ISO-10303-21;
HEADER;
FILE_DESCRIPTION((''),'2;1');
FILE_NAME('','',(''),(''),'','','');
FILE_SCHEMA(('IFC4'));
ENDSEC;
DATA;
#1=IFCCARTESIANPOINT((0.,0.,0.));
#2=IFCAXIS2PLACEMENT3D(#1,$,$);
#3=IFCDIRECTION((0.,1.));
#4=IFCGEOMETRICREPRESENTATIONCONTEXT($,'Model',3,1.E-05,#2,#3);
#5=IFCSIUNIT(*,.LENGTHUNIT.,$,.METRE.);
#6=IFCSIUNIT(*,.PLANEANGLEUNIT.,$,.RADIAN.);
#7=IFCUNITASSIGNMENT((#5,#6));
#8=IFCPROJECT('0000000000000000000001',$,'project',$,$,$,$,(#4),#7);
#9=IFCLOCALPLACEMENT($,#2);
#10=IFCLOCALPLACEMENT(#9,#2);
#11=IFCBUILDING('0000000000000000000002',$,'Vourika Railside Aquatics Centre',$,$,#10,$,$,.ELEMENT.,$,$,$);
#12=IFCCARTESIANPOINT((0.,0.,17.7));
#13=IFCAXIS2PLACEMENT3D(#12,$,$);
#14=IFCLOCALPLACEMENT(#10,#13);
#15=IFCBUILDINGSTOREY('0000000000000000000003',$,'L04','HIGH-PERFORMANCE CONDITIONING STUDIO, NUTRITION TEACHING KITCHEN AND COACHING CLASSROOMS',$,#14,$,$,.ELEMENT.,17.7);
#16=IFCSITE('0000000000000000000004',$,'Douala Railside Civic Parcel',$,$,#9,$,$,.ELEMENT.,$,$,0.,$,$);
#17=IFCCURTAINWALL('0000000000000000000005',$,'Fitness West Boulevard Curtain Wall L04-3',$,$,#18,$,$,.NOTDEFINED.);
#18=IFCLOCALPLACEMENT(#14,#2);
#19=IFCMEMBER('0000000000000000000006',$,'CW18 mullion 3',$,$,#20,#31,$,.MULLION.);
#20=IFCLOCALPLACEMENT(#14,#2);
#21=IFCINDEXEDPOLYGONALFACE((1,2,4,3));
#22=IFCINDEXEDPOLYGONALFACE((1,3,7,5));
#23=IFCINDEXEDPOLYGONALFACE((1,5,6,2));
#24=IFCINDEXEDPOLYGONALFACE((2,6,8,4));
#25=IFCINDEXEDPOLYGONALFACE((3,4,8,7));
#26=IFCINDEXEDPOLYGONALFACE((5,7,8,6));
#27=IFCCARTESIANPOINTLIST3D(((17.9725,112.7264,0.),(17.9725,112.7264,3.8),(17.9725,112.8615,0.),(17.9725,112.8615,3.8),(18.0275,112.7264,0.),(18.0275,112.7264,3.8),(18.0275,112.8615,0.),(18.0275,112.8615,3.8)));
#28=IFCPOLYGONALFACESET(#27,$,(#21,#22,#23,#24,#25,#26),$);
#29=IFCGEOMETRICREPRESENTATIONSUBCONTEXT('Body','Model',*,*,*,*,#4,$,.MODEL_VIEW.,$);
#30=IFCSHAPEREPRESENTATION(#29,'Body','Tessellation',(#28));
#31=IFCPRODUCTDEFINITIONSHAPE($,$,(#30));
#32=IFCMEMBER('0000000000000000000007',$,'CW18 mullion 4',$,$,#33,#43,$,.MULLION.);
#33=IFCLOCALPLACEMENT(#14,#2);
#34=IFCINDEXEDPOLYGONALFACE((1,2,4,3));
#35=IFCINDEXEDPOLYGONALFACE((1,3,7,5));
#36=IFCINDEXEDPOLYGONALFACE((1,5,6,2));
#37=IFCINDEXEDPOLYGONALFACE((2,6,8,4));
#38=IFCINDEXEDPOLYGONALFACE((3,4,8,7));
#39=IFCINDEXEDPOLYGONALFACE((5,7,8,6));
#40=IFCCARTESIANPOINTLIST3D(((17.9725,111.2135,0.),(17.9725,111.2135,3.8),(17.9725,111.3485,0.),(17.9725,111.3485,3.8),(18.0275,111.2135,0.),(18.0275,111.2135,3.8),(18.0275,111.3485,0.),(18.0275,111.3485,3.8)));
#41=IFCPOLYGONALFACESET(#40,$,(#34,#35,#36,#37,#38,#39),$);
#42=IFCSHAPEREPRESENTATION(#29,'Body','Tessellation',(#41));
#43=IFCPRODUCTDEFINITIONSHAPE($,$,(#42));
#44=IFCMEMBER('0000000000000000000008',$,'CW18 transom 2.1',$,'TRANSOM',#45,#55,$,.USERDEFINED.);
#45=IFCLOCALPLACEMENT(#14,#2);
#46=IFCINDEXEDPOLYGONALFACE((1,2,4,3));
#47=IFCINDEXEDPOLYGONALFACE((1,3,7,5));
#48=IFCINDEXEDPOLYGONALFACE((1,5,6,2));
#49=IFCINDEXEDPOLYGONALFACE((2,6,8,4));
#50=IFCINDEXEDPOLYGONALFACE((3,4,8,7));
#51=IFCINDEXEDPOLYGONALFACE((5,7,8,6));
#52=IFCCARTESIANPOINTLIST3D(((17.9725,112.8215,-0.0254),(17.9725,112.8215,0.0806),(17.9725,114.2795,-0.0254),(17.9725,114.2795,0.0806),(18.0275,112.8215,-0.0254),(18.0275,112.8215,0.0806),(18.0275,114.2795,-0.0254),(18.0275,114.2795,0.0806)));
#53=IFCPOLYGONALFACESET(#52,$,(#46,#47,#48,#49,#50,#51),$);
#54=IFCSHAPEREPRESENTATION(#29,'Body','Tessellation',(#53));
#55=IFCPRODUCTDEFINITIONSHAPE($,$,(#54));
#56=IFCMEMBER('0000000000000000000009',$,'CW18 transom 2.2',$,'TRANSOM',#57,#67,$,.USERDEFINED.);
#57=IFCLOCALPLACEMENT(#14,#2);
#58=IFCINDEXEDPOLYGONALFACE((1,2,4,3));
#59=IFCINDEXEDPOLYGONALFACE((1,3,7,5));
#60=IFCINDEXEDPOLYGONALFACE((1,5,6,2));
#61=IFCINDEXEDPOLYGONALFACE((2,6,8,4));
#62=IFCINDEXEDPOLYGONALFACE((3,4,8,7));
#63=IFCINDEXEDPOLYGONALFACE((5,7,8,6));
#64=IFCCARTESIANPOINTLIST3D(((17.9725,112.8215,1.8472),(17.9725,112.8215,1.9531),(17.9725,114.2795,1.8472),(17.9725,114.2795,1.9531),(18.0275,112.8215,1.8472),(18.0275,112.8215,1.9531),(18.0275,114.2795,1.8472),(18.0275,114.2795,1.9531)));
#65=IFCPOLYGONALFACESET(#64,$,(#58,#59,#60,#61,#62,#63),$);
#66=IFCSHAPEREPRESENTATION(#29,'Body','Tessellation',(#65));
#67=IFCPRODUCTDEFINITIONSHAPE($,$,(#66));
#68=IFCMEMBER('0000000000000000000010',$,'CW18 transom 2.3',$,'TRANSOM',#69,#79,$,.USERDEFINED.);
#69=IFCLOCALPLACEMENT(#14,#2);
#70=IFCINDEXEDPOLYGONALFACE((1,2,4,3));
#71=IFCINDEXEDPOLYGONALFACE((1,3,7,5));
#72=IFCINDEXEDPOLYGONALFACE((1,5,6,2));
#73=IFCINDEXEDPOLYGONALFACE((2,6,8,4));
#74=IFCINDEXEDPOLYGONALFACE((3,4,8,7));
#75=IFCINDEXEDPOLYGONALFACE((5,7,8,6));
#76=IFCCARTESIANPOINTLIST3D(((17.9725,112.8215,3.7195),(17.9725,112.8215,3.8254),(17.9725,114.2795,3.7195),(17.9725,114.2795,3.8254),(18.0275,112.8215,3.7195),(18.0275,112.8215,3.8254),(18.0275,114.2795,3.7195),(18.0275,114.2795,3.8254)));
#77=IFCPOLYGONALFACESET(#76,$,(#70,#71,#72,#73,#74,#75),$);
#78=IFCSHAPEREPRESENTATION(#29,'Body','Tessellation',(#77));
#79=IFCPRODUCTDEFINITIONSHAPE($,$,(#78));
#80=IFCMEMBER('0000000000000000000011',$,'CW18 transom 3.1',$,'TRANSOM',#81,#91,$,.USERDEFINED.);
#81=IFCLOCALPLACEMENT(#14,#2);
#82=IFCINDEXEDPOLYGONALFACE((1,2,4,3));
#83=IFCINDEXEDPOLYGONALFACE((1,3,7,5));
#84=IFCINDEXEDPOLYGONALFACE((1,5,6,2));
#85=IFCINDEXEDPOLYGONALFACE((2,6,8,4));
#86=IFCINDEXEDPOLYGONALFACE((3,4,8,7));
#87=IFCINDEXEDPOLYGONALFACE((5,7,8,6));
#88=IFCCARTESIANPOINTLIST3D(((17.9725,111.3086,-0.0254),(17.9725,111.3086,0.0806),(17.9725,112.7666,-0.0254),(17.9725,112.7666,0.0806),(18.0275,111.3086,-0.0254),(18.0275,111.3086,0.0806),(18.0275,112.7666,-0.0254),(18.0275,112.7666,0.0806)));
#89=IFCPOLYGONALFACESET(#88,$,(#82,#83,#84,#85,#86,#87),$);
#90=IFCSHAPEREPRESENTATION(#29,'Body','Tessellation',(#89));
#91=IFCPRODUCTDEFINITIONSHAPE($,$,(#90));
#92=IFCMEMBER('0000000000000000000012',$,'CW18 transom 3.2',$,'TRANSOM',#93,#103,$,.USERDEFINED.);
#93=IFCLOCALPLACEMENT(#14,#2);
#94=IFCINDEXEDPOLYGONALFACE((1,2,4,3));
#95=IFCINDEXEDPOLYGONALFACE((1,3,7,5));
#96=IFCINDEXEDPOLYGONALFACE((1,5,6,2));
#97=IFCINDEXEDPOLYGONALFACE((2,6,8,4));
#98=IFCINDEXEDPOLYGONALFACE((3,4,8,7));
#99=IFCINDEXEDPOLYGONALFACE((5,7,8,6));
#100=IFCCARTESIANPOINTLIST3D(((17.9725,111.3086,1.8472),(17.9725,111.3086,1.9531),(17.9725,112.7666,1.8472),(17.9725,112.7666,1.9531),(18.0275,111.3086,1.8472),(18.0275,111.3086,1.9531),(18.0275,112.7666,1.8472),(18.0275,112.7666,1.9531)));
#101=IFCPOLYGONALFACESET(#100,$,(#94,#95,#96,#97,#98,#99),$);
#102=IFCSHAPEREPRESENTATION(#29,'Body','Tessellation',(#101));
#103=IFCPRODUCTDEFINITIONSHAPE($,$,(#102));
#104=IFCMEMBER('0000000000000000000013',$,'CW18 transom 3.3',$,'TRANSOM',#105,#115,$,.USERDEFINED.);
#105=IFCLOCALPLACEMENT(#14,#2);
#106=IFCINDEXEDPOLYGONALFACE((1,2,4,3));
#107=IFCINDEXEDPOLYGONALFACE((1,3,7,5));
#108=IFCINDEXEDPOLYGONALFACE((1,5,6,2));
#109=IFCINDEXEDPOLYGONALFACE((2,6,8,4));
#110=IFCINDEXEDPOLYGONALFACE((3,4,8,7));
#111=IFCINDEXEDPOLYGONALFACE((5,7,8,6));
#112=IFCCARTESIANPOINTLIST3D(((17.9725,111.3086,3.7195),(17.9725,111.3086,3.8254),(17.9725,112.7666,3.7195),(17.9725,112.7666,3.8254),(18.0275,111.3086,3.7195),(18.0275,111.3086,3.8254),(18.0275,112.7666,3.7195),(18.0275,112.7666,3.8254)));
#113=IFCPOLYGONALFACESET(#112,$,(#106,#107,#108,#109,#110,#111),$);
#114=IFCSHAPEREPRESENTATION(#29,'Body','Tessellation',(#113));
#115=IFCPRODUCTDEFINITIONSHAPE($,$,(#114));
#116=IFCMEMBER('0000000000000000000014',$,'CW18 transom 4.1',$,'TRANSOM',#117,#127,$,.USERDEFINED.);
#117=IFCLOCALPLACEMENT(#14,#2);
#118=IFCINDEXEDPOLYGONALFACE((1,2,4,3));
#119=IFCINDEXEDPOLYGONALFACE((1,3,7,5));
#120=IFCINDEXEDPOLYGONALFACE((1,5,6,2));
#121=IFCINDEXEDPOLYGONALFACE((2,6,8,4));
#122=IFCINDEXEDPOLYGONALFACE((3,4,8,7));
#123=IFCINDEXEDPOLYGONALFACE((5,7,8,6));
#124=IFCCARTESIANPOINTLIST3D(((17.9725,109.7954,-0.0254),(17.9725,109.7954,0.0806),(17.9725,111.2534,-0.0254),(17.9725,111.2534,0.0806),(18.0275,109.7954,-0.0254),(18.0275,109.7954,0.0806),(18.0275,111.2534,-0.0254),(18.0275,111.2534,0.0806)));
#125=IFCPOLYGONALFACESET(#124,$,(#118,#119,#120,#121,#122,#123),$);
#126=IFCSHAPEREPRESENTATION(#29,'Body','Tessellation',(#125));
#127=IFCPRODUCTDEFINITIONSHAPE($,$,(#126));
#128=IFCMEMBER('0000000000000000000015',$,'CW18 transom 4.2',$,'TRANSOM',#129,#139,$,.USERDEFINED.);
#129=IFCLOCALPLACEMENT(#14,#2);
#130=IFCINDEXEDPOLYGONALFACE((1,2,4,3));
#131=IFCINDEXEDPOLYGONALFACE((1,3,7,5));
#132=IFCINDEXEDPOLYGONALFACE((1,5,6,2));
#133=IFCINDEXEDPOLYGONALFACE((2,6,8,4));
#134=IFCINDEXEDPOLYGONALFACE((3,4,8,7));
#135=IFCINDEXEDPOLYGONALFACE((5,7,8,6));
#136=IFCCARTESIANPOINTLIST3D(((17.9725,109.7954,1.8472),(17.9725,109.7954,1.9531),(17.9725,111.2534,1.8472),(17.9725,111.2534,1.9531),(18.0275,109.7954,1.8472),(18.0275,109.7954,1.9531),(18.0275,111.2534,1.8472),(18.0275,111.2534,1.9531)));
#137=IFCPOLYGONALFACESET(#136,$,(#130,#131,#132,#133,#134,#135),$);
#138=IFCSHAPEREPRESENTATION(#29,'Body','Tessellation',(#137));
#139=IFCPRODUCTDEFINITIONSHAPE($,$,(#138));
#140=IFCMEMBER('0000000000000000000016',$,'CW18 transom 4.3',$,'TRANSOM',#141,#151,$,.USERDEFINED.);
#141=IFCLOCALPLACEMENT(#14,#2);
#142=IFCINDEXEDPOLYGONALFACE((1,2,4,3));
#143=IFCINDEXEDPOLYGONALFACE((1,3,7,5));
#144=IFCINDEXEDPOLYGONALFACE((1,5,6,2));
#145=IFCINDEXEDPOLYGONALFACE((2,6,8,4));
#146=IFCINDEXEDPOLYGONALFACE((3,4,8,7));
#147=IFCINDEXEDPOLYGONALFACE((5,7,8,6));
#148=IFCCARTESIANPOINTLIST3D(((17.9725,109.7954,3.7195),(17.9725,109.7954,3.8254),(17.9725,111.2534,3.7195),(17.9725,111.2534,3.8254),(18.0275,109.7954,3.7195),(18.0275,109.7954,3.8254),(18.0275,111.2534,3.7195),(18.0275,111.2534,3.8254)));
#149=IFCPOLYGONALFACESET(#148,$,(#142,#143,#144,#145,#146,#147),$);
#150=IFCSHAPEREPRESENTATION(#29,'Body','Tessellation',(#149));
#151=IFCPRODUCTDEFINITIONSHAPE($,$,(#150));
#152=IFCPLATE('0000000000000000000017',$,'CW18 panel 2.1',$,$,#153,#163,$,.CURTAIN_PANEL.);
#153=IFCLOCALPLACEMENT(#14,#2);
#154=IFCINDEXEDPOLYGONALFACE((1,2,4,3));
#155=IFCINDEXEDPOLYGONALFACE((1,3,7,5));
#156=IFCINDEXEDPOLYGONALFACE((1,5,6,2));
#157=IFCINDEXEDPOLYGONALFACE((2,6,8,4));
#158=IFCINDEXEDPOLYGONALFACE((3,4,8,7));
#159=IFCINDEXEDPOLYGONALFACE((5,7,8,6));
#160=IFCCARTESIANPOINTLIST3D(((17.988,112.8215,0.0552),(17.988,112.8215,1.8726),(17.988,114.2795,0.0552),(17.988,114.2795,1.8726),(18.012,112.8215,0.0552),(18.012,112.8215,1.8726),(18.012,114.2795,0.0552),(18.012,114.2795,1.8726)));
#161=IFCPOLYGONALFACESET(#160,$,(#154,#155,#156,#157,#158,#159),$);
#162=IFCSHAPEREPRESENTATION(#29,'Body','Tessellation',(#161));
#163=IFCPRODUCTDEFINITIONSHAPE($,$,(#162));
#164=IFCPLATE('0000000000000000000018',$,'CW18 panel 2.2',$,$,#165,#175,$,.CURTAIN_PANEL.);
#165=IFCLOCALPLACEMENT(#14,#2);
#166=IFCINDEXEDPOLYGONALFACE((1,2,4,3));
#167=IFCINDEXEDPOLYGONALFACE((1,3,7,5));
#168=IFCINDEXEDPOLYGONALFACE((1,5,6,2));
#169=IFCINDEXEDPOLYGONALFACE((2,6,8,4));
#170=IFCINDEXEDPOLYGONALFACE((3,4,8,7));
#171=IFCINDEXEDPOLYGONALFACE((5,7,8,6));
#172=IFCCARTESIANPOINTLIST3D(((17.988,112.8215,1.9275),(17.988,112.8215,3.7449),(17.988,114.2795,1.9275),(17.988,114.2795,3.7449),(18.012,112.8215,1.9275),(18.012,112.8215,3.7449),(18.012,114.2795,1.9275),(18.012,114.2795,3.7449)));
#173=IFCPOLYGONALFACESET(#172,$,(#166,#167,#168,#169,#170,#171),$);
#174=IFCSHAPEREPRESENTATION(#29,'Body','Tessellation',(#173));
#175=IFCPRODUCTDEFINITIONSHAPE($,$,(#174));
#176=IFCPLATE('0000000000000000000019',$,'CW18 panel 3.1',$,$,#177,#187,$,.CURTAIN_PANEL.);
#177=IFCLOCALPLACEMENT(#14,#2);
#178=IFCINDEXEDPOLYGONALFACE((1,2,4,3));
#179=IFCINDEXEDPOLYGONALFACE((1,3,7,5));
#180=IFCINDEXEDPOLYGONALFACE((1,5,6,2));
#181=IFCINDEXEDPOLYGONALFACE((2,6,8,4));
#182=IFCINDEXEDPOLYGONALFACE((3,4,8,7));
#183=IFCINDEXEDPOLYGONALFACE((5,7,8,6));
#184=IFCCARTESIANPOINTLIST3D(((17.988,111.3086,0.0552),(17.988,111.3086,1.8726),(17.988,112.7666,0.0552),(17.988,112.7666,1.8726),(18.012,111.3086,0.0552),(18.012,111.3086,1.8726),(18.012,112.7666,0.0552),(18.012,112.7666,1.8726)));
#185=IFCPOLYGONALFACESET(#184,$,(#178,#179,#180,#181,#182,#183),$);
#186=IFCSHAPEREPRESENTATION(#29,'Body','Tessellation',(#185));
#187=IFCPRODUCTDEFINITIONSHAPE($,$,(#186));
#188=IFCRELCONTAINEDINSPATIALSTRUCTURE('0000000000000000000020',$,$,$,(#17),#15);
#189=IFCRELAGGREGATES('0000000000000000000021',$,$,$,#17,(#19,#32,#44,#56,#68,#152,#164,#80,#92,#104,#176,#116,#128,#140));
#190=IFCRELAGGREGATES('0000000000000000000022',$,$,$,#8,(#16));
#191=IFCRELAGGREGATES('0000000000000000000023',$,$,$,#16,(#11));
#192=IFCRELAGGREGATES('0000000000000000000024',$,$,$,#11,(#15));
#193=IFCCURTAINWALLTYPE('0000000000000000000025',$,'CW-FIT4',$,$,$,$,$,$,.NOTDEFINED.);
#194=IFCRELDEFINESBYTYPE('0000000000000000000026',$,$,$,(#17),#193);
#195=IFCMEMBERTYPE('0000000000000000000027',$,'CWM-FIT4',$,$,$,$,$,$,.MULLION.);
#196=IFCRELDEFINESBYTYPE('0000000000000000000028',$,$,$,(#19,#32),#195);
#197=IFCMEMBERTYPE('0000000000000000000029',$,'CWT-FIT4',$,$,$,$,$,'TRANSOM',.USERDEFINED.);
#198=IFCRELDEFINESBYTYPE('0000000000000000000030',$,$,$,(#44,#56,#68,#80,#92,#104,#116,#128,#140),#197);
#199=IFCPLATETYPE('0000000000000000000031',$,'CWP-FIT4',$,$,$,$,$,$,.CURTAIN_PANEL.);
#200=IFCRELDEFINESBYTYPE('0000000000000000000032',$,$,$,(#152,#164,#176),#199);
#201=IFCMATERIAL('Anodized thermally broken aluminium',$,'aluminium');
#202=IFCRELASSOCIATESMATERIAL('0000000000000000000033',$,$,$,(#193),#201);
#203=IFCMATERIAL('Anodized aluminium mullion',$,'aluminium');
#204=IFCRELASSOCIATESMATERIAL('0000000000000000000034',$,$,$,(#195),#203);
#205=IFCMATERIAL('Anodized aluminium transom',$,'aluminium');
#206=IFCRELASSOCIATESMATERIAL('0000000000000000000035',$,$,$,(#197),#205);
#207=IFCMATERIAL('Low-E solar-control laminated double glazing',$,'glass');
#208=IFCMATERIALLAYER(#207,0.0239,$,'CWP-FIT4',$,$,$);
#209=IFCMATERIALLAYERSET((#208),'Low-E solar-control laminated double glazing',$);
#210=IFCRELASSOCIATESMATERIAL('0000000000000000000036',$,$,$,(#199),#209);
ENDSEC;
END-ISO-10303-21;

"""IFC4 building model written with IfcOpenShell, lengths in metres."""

from ifc_helpers import new_model, si_unit, direction, frame, origin, origin_2d, place, context, subcontext, project, spatial, rectangle, extrude, material, layer, layer_set, material_profile, profile_set, type_object, element, aggregate, save


model = new_model("IFC4")

# Units and contexts
model_context = context("Model", 3, precision=1e-05, world=origin(), true_north=direction((0.0, 1.0)))
body_context = subcontext(model_context, "Body", "Model", "MODEL_VIEW")
ifc_project = project(units=[si_unit("LENGTHUNIT", "METRE"), si_unit("PLANEANGLEUNIT", "RADIAN")], contexts=[model_context])

# Site, building, storey
site_placement = place(None, origin())
site = spatial("IfcSite", under=ifc_project, at=site_placement, Name="Douala Railside Civic Parcel", CompositionType="ELEMENT", RefElevation=0.0)
building_placement = place(site_placement, origin())
building = spatial("IfcBuilding", under=site, at=building_placement, Name="Vourika Railside Aquatics Centre", CompositionType="ELEMENT")
storey_placement = place(building_placement, frame((0.0, 0.0, 17.7)))
storey = spatial("IfcBuildingStorey", under=building, at=storey_placement, Name="L04", Description="HIGH-PERFORMANCE CONDITIONING STUDIO, NUTRITION TEACHING KITCHEN AND COACHING CLASSROOMS", CompositionType="ELEMENT", Elevation=17.7)

# Curtain wall, members, plates
ifc_material_1 = material(Name="Anodized thermally broken aluminium", Category="aluminium")
curtain_wall_type = type_object("IfcCurtainWallType", Name="CW-FIT4", PredefinedType="NOTDEFINED", material=ifc_material_1)
curtain_wall_placement = place(storey_placement, origin())
curtain_wall = element("IfcCurtainWall", 1, at=curtain_wall_placement, inside=storey, type_object=curtain_wall_type, Name="Fitness West Boulevard Curtain Wall L04-3", PredefinedType="NOTDEFINED")
ifc_material_2 = material(Name="Anodized aluminium mullion", Category="aluminium")
ifc_material_profile_1 = material_profile(ifc_material_2, rectangle(XDim=0.0549, YDim=0.135, at=origin_2d()), Name="ALU-M 55x135")
ifc_profile_set_1 = profile_set([ifc_material_profile_1], Name="Anodized aluminium mullion")
member_type_1 = type_object("IfcMemberType", Name="CWM-FIT4", PredefinedType="MULLION", material=ifc_profile_set_1)
member_1_placement = place(storey_placement, frame((18.0, 112.7939, 0.0), z_axis=(0.0, 0.0, 1.0), x_axis=(1.0, 0.0, 0.0)))
member_1 = element("IfcMember", 2, at=member_1_placement, type_object=member_type_1, Name="CW18 mullion 3", PredefinedType="MULLION", context=body_context, shape_type="SweptSolid", body=[
    extrude(rectangle(XDim=0.0549, YDim=0.135, at=origin_2d()), origin(), (0.0, 0.0, 1.0), 3.8),
])
member_2_placement = place(storey_placement, frame((18.0, 111.281, 0.0), z_axis=(0.0, 0.0, 1.0), x_axis=(1.0, 0.0, 0.0)))
member_2 = element("IfcMember", 3, at=member_2_placement, type_object=member_type_1, Name="CW18 mullion 4", PredefinedType="MULLION", context=body_context, shape_type="SweptSolid", body=[
    extrude(rectangle(XDim=0.0549, YDim=0.135, at=origin_2d()), origin(), (0.0, 0.0, 1.0), 3.8),
])
ifc_material_3 = material(Name="Anodized aluminium transom", Category="aluminium")
ifc_material_profile_2 = material_profile(ifc_material_3, rectangle(XDim=0.0549, YDim=0.106, at=origin_2d()), Name="ALU-T 55x106")
ifc_profile_set_2 = profile_set([ifc_material_profile_2], Name="Anodized aluminium transom")
member_type_2 = type_object("IfcMemberType", Name="CWT-FIT4", ElementType="TRANSOM", PredefinedType="USERDEFINED", material=ifc_profile_set_2)
member_3_placement = place(storey_placement, frame((18.0, 114.2795, 0.0276), z_axis=(0.0, -1.0, 0.0), x_axis=(1.0, 0.0, 0.0)))
member_3 = element("IfcMember", 4, at=member_3_placement, type_object=member_type_2, Name="CW18 transom 2.1", ObjectType="TRANSOM", PredefinedType="USERDEFINED", context=body_context, shape_type="SweptSolid", body=[
    extrude(rectangle(XDim=0.0549, YDim=0.106, at=origin_2d()), origin(), (0.0, 0.0, 1.0), 1.458),
])
member_4_placement = place(storey_placement, frame((18.0, 114.2795, 1.9001), z_axis=(0.0, -1.0, 0.0), x_axis=(1.0, 0.0, 0.0)))
member_4 = element("IfcMember", 5, at=member_4_placement, type_object=member_type_2, Name="CW18 transom 2.2", ObjectType="TRANSOM", PredefinedType="USERDEFINED", context=body_context, shape_type="SweptSolid", body=[
    extrude(rectangle(XDim=0.0549, YDim=0.106, at=origin_2d()), origin(), (0.0, 0.0, 1.0), 1.458),
])
member_5_placement = place(storey_placement, frame((18.0, 114.2795, 3.7725), z_axis=(0.0, -1.0, 0.0), x_axis=(1.0, 0.0, 0.0)))
member_5 = element("IfcMember", 6, at=member_5_placement, type_object=member_type_2, Name="CW18 transom 2.3", ObjectType="TRANSOM", PredefinedType="USERDEFINED", context=body_context, shape_type="SweptSolid", body=[
    extrude(rectangle(XDim=0.0549, YDim=0.106, at=origin_2d()), origin(), (0.0, 0.0, 1.0), 1.458),
])
member_6_placement = place(storey_placement, frame((18.0, 112.7666, 0.0276), z_axis=(0.0, -1.0, 0.0), x_axis=(1.0, 0.0, 0.0)))
member_6 = element("IfcMember", 7, at=member_6_placement, type_object=member_type_2, Name="CW18 transom 3.1", ObjectType="TRANSOM", PredefinedType="USERDEFINED", context=body_context, shape_type="SweptSolid", body=[
    extrude(rectangle(XDim=0.0549, YDim=0.106, at=origin_2d()), origin(), (0.0, 0.0, 1.0), 1.458),
])
member_7_placement = place(storey_placement, frame((18.0, 112.7666, 1.9001), z_axis=(0.0, -1.0, 0.0), x_axis=(1.0, 0.0, 0.0)))
member_7 = element("IfcMember", 8, at=member_7_placement, type_object=member_type_2, Name="CW18 transom 3.2", ObjectType="TRANSOM", PredefinedType="USERDEFINED", context=body_context, shape_type="SweptSolid", body=[
    extrude(rectangle(XDim=0.0549, YDim=0.106, at=origin_2d()), origin(), (0.0, 0.0, 1.0), 1.458),
])
member_8_placement = place(storey_placement, frame((18.0, 112.7666, 3.7725), z_axis=(0.0, -1.0, 0.0), x_axis=(1.0, 0.0, 0.0)))
member_8 = element("IfcMember", 9, at=member_8_placement, type_object=member_type_2, Name="CW18 transom 3.3", ObjectType="TRANSOM", PredefinedType="USERDEFINED", context=body_context, shape_type="SweptSolid", body=[
    extrude(rectangle(XDim=0.0549, YDim=0.106, at=origin_2d()), origin(), (0.0, 0.0, 1.0), 1.458),
])
member_9_placement = place(storey_placement, frame((18.0, 111.2534, 0.0276), z_axis=(0.0, -1.0, 0.0), x_axis=(1.0, 0.0, 0.0)))
member_9 = element("IfcMember", 10, at=member_9_placement, type_object=member_type_2, Name="CW18 transom 4.1", ObjectType="TRANSOM", PredefinedType="USERDEFINED", context=body_context, shape_type="SweptSolid", body=[
    extrude(rectangle(XDim=0.0549, YDim=0.106, at=origin_2d()), origin(), (0.0, 0.0, 1.0), 1.458),
])
member_10_placement = place(storey_placement, frame((18.0, 111.2534, 1.9001), z_axis=(0.0, -1.0, 0.0), x_axis=(1.0, 0.0, 0.0)))
member_10 = element("IfcMember", 11, at=member_10_placement, type_object=member_type_2, Name="CW18 transom 4.2", ObjectType="TRANSOM", PredefinedType="USERDEFINED", context=body_context, shape_type="SweptSolid", body=[
    extrude(rectangle(XDim=0.0549, YDim=0.106, at=origin_2d()), origin(), (0.0, 0.0, 1.0), 1.458),
])
member_11_placement = place(storey_placement, frame((18.0, 111.2534, 3.7725), z_axis=(0.0, -1.0, 0.0), x_axis=(1.0, 0.0, 0.0)))
member_11 = element("IfcMember", 12, at=member_11_placement, type_object=member_type_2, Name="CW18 transom 4.3", ObjectType="TRANSOM", PredefinedType="USERDEFINED", context=body_context, shape_type="SweptSolid", body=[
    extrude(rectangle(XDim=0.0549, YDim=0.106, at=origin_2d()), origin(), (0.0, 0.0, 1.0), 1.458),
])
ifc_material_4 = material(Name="Low-E solar-control laminated double glazing", Category="glass")
ifc_layer = layer(ifc_material_4, 0.0239, Name="CWP-FIT4")
ifc_layer_set = layer_set([ifc_layer], Name="Low-E solar-control laminated double glazing")
plate_type = type_object("IfcPlateType", Name="CWP-FIT4", PredefinedType="CURTAIN_PANEL", material=ifc_layer_set)
plate_1_placement = place(storey_placement, frame((18.0, 113.5505, 0.0552), z_axis=(0.0, 0.0, 1.0), x_axis=(0.0, -1.0, 0.0)))
plate_1 = element("IfcPlate", 13, at=plate_1_placement, type_object=plate_type, Name="CW18 panel 2.1", PredefinedType="CURTAIN_PANEL", context=body_context, shape_type="SweptSolid", body=[
    extrude(rectangle(XDim=1.458, YDim=0.0239, at=origin_2d()), origin(), (0.0, 0.0, 1.0), 1.8174),
])
plate_2_placement = place(storey_placement, frame((18.0, 113.5505, 1.9275), z_axis=(0.0, 0.0, 1.0), x_axis=(0.0, -1.0, 0.0)))
plate_2 = element("IfcPlate", 14, at=plate_2_placement, type_object=plate_type, Name="CW18 panel 2.2", PredefinedType="CURTAIN_PANEL", context=body_context, shape_type="SweptSolid", body=[
    extrude(rectangle(XDim=1.458, YDim=0.0239, at=origin_2d()), origin(), (0.0, 0.0, 1.0), 1.8174),
])
plate_3_placement = place(storey_placement, frame((18.0, 112.0376, 0.0552), z_axis=(0.0, 0.0, 1.0), x_axis=(0.0, -1.0, 0.0)))
plate_3 = element("IfcPlate", 15, at=plate_3_placement, type_object=plate_type, Name="CW18 panel 3.1", PredefinedType="CURTAIN_PANEL", context=body_context, shape_type="SweptSolid", body=[
    extrude(rectangle(XDim=1.458, YDim=0.0239, at=origin_2d()), origin(), (0.0, 0.0, 1.0), 1.8174),
])
aggregate(curtain_wall, [member_1, member_2, member_3, member_4, member_5, plate_1, plate_2, member_6, member_7, member_8, plate_3, member_9, member_10, member_11])

save(model, "model.ifc")
